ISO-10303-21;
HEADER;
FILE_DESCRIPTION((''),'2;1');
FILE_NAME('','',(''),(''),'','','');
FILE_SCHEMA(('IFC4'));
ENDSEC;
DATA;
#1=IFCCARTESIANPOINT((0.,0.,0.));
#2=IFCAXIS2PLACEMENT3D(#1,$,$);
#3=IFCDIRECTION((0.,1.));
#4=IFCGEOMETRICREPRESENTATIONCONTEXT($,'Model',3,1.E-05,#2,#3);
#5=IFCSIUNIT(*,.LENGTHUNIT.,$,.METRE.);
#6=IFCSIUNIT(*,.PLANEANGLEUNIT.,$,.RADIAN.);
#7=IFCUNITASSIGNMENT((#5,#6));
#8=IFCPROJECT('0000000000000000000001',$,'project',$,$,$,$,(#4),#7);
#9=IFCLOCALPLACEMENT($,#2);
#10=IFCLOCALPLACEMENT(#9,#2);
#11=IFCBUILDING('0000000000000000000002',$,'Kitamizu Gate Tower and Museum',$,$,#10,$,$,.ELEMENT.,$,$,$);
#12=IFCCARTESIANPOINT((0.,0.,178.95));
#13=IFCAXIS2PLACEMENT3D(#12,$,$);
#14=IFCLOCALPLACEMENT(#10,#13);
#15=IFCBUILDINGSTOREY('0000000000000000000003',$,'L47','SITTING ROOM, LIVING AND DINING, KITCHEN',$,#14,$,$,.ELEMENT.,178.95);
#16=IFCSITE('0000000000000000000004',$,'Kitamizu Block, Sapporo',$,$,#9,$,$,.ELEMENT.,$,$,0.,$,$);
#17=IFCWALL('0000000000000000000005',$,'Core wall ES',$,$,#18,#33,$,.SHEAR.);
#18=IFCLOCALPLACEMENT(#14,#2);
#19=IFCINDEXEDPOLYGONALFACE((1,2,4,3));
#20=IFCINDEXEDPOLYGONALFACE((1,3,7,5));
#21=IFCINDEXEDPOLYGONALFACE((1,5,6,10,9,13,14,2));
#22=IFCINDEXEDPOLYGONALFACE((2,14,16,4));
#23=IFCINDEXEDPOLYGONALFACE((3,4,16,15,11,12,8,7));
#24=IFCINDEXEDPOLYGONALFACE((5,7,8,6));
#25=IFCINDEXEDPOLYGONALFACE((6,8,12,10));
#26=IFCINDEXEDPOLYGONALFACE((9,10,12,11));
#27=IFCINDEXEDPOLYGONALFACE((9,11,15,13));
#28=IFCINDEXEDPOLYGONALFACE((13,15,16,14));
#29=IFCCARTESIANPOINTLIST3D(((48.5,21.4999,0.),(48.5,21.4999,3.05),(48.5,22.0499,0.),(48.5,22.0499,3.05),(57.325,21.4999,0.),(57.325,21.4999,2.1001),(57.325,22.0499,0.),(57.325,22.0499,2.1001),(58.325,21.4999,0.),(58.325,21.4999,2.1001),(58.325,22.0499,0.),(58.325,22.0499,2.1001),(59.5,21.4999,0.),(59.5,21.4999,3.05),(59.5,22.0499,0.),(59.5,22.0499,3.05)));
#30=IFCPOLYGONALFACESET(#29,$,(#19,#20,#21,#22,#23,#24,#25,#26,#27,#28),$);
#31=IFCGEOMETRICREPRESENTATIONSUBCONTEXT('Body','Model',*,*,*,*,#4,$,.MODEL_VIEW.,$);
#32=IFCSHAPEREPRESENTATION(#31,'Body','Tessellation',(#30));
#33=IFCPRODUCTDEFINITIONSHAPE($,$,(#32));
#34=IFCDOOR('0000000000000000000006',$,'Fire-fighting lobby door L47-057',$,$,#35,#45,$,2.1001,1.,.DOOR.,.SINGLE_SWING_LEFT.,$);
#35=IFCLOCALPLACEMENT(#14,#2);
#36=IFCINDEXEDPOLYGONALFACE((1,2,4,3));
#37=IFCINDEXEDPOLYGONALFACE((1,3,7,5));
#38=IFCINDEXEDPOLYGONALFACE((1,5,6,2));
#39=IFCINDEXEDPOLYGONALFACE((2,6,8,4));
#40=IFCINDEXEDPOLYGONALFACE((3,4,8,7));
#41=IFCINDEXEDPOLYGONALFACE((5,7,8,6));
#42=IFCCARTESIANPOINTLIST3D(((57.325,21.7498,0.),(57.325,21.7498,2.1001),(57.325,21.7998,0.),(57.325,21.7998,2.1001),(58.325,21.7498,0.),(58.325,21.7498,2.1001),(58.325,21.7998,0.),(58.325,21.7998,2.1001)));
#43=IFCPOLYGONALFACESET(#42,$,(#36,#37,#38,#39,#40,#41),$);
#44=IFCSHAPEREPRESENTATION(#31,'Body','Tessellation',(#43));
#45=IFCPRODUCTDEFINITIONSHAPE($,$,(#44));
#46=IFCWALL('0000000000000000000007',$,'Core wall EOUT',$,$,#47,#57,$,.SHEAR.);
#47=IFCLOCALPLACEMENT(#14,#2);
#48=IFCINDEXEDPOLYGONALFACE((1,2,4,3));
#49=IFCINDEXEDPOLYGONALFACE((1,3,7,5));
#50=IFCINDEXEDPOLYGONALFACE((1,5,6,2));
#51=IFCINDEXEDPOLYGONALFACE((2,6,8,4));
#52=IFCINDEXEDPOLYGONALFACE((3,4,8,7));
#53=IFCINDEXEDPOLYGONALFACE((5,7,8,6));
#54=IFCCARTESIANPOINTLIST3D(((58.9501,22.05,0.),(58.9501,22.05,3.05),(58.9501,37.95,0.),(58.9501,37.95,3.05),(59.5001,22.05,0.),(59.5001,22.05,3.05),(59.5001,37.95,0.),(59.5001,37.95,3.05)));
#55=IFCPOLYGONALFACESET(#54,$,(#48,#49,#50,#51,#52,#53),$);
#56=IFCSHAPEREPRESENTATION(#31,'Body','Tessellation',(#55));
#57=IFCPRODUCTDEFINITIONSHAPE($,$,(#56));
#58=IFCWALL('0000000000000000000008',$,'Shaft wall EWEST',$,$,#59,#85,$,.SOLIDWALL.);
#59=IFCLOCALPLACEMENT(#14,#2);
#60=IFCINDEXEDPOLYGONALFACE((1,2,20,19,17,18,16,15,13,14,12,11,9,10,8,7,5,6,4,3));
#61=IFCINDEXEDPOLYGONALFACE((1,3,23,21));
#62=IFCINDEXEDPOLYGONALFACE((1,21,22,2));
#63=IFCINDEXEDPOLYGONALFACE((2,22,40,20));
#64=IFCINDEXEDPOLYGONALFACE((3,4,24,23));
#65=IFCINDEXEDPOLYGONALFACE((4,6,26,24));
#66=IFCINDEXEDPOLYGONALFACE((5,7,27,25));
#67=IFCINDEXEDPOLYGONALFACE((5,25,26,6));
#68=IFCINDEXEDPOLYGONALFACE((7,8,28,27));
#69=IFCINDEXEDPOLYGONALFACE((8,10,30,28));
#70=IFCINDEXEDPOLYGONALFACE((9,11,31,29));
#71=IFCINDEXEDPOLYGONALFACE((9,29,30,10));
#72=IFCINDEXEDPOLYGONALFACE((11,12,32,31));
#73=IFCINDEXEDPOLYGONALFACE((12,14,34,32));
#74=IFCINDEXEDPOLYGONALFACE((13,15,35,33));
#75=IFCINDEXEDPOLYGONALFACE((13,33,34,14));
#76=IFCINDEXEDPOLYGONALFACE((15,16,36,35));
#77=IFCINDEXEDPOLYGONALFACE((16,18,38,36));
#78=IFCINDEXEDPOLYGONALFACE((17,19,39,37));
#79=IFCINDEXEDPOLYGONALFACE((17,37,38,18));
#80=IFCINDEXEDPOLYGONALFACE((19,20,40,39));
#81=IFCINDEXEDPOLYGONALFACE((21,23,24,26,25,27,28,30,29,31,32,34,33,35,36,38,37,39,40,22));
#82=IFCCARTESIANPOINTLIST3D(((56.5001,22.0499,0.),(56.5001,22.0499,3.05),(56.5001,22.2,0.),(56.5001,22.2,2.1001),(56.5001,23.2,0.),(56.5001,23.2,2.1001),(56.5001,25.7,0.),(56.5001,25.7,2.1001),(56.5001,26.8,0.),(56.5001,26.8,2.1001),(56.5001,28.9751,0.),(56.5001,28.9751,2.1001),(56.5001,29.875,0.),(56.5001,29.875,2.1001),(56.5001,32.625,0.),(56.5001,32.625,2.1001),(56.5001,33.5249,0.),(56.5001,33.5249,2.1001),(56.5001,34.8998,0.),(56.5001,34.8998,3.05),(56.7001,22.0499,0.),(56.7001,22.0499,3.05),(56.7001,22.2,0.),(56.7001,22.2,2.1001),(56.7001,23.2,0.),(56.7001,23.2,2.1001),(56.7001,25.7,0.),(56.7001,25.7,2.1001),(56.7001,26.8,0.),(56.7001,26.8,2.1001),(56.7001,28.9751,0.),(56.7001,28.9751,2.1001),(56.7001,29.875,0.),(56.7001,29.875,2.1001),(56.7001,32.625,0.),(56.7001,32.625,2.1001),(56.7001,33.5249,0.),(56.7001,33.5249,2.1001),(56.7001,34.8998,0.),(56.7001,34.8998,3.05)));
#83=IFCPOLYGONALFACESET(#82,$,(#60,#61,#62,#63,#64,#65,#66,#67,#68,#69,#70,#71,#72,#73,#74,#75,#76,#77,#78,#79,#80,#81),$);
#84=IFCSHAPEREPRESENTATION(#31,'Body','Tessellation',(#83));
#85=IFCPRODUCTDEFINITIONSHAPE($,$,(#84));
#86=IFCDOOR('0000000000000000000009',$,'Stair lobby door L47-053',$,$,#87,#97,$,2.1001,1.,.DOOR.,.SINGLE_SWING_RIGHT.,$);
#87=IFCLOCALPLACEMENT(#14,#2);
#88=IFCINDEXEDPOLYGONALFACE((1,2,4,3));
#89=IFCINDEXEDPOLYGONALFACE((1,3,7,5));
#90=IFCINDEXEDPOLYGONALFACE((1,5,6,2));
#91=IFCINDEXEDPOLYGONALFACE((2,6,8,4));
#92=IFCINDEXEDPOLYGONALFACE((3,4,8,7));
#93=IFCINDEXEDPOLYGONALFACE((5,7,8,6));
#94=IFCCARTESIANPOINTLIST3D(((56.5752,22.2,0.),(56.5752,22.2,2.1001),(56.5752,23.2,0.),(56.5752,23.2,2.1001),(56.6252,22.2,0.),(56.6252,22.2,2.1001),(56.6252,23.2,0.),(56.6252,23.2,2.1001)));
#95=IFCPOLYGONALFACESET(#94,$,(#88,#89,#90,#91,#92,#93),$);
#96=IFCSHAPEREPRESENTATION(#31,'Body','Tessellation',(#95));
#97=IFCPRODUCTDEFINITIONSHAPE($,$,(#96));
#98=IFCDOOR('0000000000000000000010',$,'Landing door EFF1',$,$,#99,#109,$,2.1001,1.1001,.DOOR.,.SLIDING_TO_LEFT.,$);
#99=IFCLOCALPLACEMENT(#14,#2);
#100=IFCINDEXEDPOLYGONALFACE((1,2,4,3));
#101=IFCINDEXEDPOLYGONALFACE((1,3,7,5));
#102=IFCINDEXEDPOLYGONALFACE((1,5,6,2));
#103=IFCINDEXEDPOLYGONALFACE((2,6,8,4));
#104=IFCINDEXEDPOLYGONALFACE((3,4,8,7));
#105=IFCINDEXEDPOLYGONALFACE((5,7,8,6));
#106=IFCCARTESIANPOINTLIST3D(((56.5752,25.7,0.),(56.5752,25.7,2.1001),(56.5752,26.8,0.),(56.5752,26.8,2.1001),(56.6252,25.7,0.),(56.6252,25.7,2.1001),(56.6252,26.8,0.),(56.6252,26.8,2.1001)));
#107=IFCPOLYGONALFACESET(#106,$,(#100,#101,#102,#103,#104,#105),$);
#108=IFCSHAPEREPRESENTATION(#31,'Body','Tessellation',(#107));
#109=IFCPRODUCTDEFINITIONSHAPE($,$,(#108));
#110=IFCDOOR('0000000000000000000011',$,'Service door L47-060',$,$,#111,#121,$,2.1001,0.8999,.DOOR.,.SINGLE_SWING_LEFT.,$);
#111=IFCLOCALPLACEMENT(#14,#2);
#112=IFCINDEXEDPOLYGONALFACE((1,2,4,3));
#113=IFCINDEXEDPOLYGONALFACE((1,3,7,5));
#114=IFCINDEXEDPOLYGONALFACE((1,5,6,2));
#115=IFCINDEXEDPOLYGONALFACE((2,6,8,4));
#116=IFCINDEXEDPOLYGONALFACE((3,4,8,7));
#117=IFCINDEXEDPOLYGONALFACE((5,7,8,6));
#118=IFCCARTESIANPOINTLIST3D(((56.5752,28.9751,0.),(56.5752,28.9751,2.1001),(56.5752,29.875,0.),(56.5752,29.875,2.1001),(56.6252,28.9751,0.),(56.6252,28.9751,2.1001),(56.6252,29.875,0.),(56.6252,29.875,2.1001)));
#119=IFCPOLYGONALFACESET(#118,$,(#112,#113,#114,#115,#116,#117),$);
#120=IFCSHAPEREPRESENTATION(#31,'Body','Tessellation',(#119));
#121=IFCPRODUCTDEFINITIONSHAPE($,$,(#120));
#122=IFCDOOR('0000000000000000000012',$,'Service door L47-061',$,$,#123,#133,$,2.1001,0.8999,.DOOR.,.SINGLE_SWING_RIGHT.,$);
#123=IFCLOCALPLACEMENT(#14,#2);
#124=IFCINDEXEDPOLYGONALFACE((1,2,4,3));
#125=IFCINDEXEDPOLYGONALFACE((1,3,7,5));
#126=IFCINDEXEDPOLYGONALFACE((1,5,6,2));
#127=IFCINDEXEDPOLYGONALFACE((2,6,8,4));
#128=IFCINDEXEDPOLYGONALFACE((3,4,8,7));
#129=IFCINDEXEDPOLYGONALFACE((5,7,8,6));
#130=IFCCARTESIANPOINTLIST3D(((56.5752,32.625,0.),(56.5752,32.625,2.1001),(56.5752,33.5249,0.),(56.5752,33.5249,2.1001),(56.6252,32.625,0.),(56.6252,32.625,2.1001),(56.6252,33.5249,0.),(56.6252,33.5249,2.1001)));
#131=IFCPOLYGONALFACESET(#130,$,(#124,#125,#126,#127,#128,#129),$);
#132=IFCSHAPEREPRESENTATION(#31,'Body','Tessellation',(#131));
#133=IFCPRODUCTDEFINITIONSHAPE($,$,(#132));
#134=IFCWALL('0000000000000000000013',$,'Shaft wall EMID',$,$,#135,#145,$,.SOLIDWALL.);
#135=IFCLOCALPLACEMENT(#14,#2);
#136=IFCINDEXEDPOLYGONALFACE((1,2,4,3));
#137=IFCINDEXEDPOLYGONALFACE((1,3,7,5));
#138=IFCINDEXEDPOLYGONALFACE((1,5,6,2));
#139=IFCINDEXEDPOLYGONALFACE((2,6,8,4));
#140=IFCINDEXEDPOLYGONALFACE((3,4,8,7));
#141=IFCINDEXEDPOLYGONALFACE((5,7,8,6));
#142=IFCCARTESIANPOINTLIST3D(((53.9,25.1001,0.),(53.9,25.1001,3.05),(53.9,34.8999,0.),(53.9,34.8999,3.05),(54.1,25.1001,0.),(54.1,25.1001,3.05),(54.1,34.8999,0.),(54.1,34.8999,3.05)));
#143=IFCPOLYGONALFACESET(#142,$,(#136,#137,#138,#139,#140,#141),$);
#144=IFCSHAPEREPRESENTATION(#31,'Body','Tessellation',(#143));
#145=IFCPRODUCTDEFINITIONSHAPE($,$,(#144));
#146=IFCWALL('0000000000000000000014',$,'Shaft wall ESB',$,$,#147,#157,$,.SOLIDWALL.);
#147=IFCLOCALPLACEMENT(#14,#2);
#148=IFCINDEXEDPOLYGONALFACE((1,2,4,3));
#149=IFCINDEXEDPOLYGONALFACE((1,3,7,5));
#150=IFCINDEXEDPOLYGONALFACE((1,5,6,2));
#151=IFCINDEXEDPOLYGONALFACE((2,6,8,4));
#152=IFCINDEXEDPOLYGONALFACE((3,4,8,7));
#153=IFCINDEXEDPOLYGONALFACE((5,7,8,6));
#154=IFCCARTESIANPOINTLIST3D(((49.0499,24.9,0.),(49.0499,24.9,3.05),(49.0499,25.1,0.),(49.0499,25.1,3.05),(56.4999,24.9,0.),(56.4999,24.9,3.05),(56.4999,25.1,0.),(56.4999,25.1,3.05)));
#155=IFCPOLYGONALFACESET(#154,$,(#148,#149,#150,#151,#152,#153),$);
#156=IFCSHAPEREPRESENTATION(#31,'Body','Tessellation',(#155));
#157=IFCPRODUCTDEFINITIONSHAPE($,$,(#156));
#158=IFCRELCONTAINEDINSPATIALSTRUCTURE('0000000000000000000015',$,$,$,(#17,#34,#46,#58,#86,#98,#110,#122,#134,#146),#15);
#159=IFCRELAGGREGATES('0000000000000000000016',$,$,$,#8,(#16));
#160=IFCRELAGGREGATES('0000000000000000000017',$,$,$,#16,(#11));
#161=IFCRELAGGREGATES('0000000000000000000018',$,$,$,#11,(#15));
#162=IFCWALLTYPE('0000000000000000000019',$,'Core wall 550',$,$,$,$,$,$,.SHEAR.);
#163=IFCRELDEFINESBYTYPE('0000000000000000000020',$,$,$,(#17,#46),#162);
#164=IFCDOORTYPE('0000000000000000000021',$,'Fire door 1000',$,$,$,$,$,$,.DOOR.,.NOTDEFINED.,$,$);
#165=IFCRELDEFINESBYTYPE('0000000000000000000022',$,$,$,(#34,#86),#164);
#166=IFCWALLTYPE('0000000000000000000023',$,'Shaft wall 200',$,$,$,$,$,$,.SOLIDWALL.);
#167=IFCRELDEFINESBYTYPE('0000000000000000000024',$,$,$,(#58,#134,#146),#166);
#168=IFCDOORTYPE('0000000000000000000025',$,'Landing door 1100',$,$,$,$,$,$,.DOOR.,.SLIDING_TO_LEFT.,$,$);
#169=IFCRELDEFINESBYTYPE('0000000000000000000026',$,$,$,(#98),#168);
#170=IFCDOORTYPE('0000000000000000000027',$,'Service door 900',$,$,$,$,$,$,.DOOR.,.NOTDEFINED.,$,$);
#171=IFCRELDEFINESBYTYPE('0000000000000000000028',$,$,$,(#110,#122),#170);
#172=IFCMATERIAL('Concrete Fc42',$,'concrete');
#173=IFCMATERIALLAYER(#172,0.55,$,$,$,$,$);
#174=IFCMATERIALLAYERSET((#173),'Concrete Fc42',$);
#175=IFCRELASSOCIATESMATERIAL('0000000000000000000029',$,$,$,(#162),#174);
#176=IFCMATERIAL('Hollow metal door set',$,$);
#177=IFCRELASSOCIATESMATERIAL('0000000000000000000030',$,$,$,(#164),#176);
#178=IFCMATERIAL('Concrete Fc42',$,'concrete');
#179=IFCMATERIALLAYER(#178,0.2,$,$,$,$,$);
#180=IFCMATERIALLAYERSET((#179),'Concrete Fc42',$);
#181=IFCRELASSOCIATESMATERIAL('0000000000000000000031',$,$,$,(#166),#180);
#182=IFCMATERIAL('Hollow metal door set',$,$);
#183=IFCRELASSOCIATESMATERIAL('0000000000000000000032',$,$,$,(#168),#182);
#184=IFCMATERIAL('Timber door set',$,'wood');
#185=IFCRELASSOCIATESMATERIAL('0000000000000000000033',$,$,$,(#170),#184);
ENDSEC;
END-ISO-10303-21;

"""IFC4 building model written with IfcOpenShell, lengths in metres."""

from ifc_helpers import new_model, si_unit, direction, frame, frame_2d, origin, place, context, subcontext, project, spatial, rectangle, extrude, material, layer, layer_set, type_object, element, fill, save


model = new_model("IFC4")

# Units and contexts
model_context = context("Model", 3, precision=1e-05, world=origin(), true_north=direction((0.0, 1.0)))
body_context = subcontext(model_context, "Body", "Model", "MODEL_VIEW")
ifc_project = project(units=[si_unit("LENGTHUNIT", "METRE"), si_unit("PLANEANGLEUNIT", "RADIAN")], contexts=[model_context])

# Site, building, storey
site_placement = place(None, origin())
site = spatial("IfcSite", under=ifc_project, at=site_placement, Name="Kitamizu Block, Sapporo", CompositionType="ELEMENT", RefElevation=0.0)
building_placement = place(site_placement, origin())
building = spatial("IfcBuilding", under=site, at=building_placement, Name="Kitamizu Gate Tower and Museum", CompositionType="ELEMENT")
storey_placement = place(building_placement, frame((0.0, 0.0, 178.95)))
storey = spatial("IfcBuildingStorey", under=building, at=storey_placement, Name="L47", Description="SITTING ROOM, LIVING AND DINING, KITCHEN", CompositionType="ELEMENT", Elevation=178.95)

# Wall, opening, door
ifc_material_1 = material(Name="Concrete Fc42", Category="concrete")
ifc_layer_1 = layer(ifc_material_1, 0.55)
ifc_layer_set_1 = layer_set([ifc_layer_1], Name="Concrete Fc42")
wall_type_1 = type_object("IfcWallType", Name="Core wall 550", PredefinedType="SHEAR", material=ifc_layer_set_1)
wall_1_placement = place(storey_placement, frame((59.5, 21.7749, 0.0), z_axis=(0.0, 0.0, 1.0), x_axis=(-1.0, 0.0, 0.0)))
wall_1 = element("IfcWall", 1, at=wall_1_placement, inside=storey, type_object=wall_type_1, Name="Core wall ES", PredefinedType="SHEAR", context=body_context, shape_type="SweptSolid", body=[
    extrude(rectangle(XDim=11.0, YDim=0.55, at=frame_2d((5.5, 0.0))), origin(), (0.0, 0.0, 1.0), 3.05),
])
opening_1_placement = place(wall_1_placement, frame((1.175, 0.0, 0.0)))
opening_1 = element("IfcOpeningElement", 2, at=opening_1_placement, cuts=wall_1, PredefinedType="OPENING", context=body_context, shape_type="SweptSolid", body=[
    extrude(rectangle(XDim=1.0, YDim=2.1001, at=frame_2d((0.5, 1.05))), frame((0.0, 0.2852, 0.0), z_axis=(0.0, -1.0, 0.0), x_axis=(1.0, 0.0, 0.0)), (0.0, 0.0, 1.0), 0.5701),
])
ifc_material_2 = material(Name="Hollow metal door set")
door_type_1 = type_object("IfcDoorType", Name="Fire door 1000", OperationType="NOTDEFINED", PredefinedType="DOOR", material=ifc_material_2)
door_1_placement = place(opening_1_placement, frame((1.0, 0.0, 0.0), x_axis=(-1.0, 0.0, 0.0)))
door_1 = element("IfcDoor", 3, at=door_1_placement, inside=storey, type_object=door_type_1, Name="Fire-fighting lobby door L47-057", OperationType="SINGLE_SWING_LEFT", OverallHeight=2.1001, OverallWidth=1.0, PredefinedType="DOOR", context=body_context, shape_type="SweptSolid", body=[
    extrude(rectangle(XDim=1.0, YDim=2.1001, at=frame_2d((0.5, 1.05))), frame((0.0, 0.0249, 0.0), z_axis=(0.0, -1.0, 0.0), x_axis=(1.0, 0.0, 0.0)), (0.0, 0.0, 1.0), 0.05),
])
fill(opening_1, door_1)

# Wall
wall_2_placement = place(storey_placement, frame((59.2251, 22.05, 0.0), z_axis=(0.0, 0.0, 1.0), x_axis=(0.0, 1.0, 0.0)))
element("IfcWall", 4, at=wall_2_placement, inside=storey, type_object=wall_type_1, Name="Core wall EOUT", PredefinedType="SHEAR", context=body_context, shape_type="SweptSolid", body=[
    extrude(rectangle(XDim=15.8999, YDim=0.55, at=frame_2d((7.95, 0.0))), origin(), (0.0, 0.0, 1.0), 3.05),
])

# Wall, openings, doors
ifc_material_3 = material(Name="Concrete Fc42", Category="concrete")
ifc_layer_2 = layer(ifc_material_3, 0.2)
ifc_layer_set_2 = layer_set([ifc_layer_2], Name="Concrete Fc42")
wall_type_2 = type_object("IfcWallType", Name="Shaft wall 200", PredefinedType="SOLIDWALL", material=ifc_layer_set_2)
wall_3_placement = place(storey_placement, frame((56.6001, 22.05, 0.0), z_axis=(0.0, 0.0, 1.0), x_axis=(0.0, 1.0, 0.0)))
wall_3 = element("IfcWall", 5, at=wall_3_placement, inside=storey, type_object=wall_type_2, Name="Shaft wall EWEST", PredefinedType="SOLIDWALL", context=body_context, shape_type="SweptSolid", body=[
    extrude(rectangle(XDim=12.8499, YDim=0.2, at=frame_2d((6.4248, 0.0))), origin(), (0.0, 0.0, 1.0), 3.05),
])
opening_2_placement = place(wall_3_placement, frame((3.6499, 0.0, 0.0)))
opening_2 = element("IfcOpeningElement", 6, at=opening_2_placement, cuts=wall_3, PredefinedType="OPENING", context=body_context, shape_type="SweptSolid", body=[
    extrude(rectangle(XDim=1.1001, YDim=2.1001, at=frame_2d((0.55, 1.05))), frame((0.0, 0.1099, 0.0), z_axis=(0.0, -1.0, 0.0), x_axis=(1.0, 0.0, 0.0)), (0.0, 0.0, 1.0), 0.22),
])
opening_3_placement = place(wall_3_placement, frame((0.1499, 0.0, 0.0)))
opening_3 = element("IfcOpeningElement", 7, at=opening_3_placement, cuts=wall_3, PredefinedType="OPENING", context=body_context, shape_type="SweptSolid", body=[
    extrude(rectangle(XDim=1.0, YDim=2.1001, at=frame_2d((0.5, 1.05))), frame((0.0, 0.1099, 0.0), z_axis=(0.0, -1.0, 0.0), x_axis=(1.0, 0.0, 0.0)), (0.0, 0.0, 1.0), 0.22),
])
opening_4_placement = place(wall_3_placement, frame((6.925, 0.0, 0.0)))
opening_4 = element("IfcOpeningElement", 8, at=opening_4_placement, cuts=wall_3, PredefinedType="OPENING", context=body_context, shape_type="SweptSolid", body=[
    extrude(rectangle(XDim=0.8999, YDim=2.1001, at=frame_2d((0.45, 1.05))), frame((0.0, 0.1099, 0.0), z_axis=(0.0, -1.0, 0.0), x_axis=(1.0, 0.0, 0.0)), (0.0, 0.0, 1.0), 0.22),
])
opening_5_placement = place(wall_3_placement, frame((10.575, 0.0, 0.0)))
opening_5 = element("IfcOpeningElement", 9, at=opening_5_placement, cuts=wall_3, PredefinedType="OPENING", context=body_context, shape_type="SweptSolid", body=[
    extrude(rectangle(XDim=0.8999, YDim=2.1001, at=frame_2d((0.45, 1.05))), frame((0.0, 0.1099, 0.0), z_axis=(0.0, -1.0, 0.0), x_axis=(1.0, 0.0, 0.0)), (0.0, 0.0, 1.0), 0.22),
])
door_2_placement = place(opening_3_placement, origin())
door_2 = element("IfcDoor", 10, at=door_2_placement, inside=storey, type_object=door_type_1, Name="Stair lobby door L47-053", OperationType="SINGLE_SWING_RIGHT", OverallHeight=2.1001, OverallWidth=1.0, PredefinedType="DOOR", context=body_context, shape_type="SweptSolid", body=[
    extrude(rectangle(XDim=1.0, YDim=2.1001, at=frame_2d((0.5, 1.05))), frame((0.0, 0.0249, 0.0), z_axis=(0.0, -1.0, 0.0), x_axis=(1.0, 0.0, 0.0)), (0.0, 0.0, 1.0), 0.05),
])
fill(opening_3, door_2)
ifc_material_4 = material(Name="Hollow metal door set")
door_type_2 = type_object("IfcDoorType", Name="Landing door 1100", OperationType="SLIDING_TO_LEFT", PredefinedType="DOOR", material=ifc_material_4)
door_3_placement = place(opening_2_placement, origin())
door_3 = element("IfcDoor", 11, at=door_3_placement, inside=storey, type_object=door_type_2, Name="Landing door EFF1", OperationType="SLIDING_TO_LEFT", OverallHeight=2.1001, OverallWidth=1.1001, PredefinedType="DOOR", context=body_context, shape_type="SweptSolid", body=[
    extrude(rectangle(XDim=1.1001, YDim=2.1001, at=frame_2d((0.55, 1.05))), frame((0.0, 0.0249, 0.0), z_axis=(0.0, -1.0, 0.0), x_axis=(1.0, 0.0, 0.0)), (0.0, 0.0, 1.0), 0.05),
])
fill(opening_2, door_3)
ifc_material_5 = material(Name="Timber door set", Category="wood")
door_type_3 = type_object("IfcDoorType", Name="Service door 900", OperationType="NOTDEFINED", PredefinedType="DOOR", material=ifc_material_5)
door_4_placement = place(opening_4_placement, origin())
door_4 = element("IfcDoor", 12, at=door_4_placement, inside=storey, type_object=door_type_3, Name="Service door L47-060", OperationType="SINGLE_SWING_LEFT", OverallHeight=2.1001, OverallWidth=0.8999, PredefinedType="DOOR", context=body_context, shape_type="SweptSolid", body=[
    extrude(rectangle(XDim=0.8999, YDim=2.1001, at=frame_2d((0.45, 1.05))), frame((0.0, 0.0249, 0.0), z_axis=(0.0, -1.0, 0.0), x_axis=(1.0, 0.0, 0.0)), (0.0, 0.0, 1.0), 0.05),
])
fill(opening_4, door_4)
door_5_placement = place(opening_5_placement, origin())
door_5 = element("IfcDoor", 13, at=door_5_placement, inside=storey, type_object=door_type_3, Name="Service door L47-061", OperationType="SINGLE_SWING_RIGHT", OverallHeight=2.1001, OverallWidth=0.8999, PredefinedType="DOOR", context=body_context, shape_type="SweptSolid", body=[
    extrude(rectangle(XDim=0.8999, YDim=2.1001, at=frame_2d((0.45, 1.05))), frame((0.0, 0.0249, 0.0), z_axis=(0.0, -1.0, 0.0), x_axis=(1.0, 0.0, 0.0)), (0.0, 0.0, 1.0), 0.05),
])
fill(opening_5, door_5)

# Walls
wall_4_placement = place(storey_placement, frame((54.0, 25.1001, 0.0), z_axis=(0.0, 0.0, 1.0), x_axis=(0.0, 1.0, 0.0)))
element("IfcWall", 14, at=wall_4_placement, inside=storey, type_object=wall_type_2, Name="Shaft wall EMID", PredefinedType="SOLIDWALL", context=body_context, shape_type="SweptSolid", body=[
    extrude(rectangle(XDim=9.7998, YDim=0.2, at=frame_2d((4.8999, 0.0))), origin(), (0.0, 0.0, 1.0), 3.05),
])
wall_5_placement = place(storey_placement, frame((56.5, 25.0, 0.0), z_axis=(0.0, 0.0, 1.0), x_axis=(-1.0, 0.0, 0.0)))
element("IfcWall", 15, at=wall_5_placement, inside=storey, type_object=wall_type_2, Name="Shaft wall ESB", PredefinedType="SOLIDWALL", context=body_context, shape_type="SweptSolid", body=[
    extrude(rectangle(XDim=7.45, YDim=0.2, at=frame_2d((3.7251, 0.0))), origin(), (0.0, 0.0, 1.0), 3.05),
])

save(model, "model.ifc")
